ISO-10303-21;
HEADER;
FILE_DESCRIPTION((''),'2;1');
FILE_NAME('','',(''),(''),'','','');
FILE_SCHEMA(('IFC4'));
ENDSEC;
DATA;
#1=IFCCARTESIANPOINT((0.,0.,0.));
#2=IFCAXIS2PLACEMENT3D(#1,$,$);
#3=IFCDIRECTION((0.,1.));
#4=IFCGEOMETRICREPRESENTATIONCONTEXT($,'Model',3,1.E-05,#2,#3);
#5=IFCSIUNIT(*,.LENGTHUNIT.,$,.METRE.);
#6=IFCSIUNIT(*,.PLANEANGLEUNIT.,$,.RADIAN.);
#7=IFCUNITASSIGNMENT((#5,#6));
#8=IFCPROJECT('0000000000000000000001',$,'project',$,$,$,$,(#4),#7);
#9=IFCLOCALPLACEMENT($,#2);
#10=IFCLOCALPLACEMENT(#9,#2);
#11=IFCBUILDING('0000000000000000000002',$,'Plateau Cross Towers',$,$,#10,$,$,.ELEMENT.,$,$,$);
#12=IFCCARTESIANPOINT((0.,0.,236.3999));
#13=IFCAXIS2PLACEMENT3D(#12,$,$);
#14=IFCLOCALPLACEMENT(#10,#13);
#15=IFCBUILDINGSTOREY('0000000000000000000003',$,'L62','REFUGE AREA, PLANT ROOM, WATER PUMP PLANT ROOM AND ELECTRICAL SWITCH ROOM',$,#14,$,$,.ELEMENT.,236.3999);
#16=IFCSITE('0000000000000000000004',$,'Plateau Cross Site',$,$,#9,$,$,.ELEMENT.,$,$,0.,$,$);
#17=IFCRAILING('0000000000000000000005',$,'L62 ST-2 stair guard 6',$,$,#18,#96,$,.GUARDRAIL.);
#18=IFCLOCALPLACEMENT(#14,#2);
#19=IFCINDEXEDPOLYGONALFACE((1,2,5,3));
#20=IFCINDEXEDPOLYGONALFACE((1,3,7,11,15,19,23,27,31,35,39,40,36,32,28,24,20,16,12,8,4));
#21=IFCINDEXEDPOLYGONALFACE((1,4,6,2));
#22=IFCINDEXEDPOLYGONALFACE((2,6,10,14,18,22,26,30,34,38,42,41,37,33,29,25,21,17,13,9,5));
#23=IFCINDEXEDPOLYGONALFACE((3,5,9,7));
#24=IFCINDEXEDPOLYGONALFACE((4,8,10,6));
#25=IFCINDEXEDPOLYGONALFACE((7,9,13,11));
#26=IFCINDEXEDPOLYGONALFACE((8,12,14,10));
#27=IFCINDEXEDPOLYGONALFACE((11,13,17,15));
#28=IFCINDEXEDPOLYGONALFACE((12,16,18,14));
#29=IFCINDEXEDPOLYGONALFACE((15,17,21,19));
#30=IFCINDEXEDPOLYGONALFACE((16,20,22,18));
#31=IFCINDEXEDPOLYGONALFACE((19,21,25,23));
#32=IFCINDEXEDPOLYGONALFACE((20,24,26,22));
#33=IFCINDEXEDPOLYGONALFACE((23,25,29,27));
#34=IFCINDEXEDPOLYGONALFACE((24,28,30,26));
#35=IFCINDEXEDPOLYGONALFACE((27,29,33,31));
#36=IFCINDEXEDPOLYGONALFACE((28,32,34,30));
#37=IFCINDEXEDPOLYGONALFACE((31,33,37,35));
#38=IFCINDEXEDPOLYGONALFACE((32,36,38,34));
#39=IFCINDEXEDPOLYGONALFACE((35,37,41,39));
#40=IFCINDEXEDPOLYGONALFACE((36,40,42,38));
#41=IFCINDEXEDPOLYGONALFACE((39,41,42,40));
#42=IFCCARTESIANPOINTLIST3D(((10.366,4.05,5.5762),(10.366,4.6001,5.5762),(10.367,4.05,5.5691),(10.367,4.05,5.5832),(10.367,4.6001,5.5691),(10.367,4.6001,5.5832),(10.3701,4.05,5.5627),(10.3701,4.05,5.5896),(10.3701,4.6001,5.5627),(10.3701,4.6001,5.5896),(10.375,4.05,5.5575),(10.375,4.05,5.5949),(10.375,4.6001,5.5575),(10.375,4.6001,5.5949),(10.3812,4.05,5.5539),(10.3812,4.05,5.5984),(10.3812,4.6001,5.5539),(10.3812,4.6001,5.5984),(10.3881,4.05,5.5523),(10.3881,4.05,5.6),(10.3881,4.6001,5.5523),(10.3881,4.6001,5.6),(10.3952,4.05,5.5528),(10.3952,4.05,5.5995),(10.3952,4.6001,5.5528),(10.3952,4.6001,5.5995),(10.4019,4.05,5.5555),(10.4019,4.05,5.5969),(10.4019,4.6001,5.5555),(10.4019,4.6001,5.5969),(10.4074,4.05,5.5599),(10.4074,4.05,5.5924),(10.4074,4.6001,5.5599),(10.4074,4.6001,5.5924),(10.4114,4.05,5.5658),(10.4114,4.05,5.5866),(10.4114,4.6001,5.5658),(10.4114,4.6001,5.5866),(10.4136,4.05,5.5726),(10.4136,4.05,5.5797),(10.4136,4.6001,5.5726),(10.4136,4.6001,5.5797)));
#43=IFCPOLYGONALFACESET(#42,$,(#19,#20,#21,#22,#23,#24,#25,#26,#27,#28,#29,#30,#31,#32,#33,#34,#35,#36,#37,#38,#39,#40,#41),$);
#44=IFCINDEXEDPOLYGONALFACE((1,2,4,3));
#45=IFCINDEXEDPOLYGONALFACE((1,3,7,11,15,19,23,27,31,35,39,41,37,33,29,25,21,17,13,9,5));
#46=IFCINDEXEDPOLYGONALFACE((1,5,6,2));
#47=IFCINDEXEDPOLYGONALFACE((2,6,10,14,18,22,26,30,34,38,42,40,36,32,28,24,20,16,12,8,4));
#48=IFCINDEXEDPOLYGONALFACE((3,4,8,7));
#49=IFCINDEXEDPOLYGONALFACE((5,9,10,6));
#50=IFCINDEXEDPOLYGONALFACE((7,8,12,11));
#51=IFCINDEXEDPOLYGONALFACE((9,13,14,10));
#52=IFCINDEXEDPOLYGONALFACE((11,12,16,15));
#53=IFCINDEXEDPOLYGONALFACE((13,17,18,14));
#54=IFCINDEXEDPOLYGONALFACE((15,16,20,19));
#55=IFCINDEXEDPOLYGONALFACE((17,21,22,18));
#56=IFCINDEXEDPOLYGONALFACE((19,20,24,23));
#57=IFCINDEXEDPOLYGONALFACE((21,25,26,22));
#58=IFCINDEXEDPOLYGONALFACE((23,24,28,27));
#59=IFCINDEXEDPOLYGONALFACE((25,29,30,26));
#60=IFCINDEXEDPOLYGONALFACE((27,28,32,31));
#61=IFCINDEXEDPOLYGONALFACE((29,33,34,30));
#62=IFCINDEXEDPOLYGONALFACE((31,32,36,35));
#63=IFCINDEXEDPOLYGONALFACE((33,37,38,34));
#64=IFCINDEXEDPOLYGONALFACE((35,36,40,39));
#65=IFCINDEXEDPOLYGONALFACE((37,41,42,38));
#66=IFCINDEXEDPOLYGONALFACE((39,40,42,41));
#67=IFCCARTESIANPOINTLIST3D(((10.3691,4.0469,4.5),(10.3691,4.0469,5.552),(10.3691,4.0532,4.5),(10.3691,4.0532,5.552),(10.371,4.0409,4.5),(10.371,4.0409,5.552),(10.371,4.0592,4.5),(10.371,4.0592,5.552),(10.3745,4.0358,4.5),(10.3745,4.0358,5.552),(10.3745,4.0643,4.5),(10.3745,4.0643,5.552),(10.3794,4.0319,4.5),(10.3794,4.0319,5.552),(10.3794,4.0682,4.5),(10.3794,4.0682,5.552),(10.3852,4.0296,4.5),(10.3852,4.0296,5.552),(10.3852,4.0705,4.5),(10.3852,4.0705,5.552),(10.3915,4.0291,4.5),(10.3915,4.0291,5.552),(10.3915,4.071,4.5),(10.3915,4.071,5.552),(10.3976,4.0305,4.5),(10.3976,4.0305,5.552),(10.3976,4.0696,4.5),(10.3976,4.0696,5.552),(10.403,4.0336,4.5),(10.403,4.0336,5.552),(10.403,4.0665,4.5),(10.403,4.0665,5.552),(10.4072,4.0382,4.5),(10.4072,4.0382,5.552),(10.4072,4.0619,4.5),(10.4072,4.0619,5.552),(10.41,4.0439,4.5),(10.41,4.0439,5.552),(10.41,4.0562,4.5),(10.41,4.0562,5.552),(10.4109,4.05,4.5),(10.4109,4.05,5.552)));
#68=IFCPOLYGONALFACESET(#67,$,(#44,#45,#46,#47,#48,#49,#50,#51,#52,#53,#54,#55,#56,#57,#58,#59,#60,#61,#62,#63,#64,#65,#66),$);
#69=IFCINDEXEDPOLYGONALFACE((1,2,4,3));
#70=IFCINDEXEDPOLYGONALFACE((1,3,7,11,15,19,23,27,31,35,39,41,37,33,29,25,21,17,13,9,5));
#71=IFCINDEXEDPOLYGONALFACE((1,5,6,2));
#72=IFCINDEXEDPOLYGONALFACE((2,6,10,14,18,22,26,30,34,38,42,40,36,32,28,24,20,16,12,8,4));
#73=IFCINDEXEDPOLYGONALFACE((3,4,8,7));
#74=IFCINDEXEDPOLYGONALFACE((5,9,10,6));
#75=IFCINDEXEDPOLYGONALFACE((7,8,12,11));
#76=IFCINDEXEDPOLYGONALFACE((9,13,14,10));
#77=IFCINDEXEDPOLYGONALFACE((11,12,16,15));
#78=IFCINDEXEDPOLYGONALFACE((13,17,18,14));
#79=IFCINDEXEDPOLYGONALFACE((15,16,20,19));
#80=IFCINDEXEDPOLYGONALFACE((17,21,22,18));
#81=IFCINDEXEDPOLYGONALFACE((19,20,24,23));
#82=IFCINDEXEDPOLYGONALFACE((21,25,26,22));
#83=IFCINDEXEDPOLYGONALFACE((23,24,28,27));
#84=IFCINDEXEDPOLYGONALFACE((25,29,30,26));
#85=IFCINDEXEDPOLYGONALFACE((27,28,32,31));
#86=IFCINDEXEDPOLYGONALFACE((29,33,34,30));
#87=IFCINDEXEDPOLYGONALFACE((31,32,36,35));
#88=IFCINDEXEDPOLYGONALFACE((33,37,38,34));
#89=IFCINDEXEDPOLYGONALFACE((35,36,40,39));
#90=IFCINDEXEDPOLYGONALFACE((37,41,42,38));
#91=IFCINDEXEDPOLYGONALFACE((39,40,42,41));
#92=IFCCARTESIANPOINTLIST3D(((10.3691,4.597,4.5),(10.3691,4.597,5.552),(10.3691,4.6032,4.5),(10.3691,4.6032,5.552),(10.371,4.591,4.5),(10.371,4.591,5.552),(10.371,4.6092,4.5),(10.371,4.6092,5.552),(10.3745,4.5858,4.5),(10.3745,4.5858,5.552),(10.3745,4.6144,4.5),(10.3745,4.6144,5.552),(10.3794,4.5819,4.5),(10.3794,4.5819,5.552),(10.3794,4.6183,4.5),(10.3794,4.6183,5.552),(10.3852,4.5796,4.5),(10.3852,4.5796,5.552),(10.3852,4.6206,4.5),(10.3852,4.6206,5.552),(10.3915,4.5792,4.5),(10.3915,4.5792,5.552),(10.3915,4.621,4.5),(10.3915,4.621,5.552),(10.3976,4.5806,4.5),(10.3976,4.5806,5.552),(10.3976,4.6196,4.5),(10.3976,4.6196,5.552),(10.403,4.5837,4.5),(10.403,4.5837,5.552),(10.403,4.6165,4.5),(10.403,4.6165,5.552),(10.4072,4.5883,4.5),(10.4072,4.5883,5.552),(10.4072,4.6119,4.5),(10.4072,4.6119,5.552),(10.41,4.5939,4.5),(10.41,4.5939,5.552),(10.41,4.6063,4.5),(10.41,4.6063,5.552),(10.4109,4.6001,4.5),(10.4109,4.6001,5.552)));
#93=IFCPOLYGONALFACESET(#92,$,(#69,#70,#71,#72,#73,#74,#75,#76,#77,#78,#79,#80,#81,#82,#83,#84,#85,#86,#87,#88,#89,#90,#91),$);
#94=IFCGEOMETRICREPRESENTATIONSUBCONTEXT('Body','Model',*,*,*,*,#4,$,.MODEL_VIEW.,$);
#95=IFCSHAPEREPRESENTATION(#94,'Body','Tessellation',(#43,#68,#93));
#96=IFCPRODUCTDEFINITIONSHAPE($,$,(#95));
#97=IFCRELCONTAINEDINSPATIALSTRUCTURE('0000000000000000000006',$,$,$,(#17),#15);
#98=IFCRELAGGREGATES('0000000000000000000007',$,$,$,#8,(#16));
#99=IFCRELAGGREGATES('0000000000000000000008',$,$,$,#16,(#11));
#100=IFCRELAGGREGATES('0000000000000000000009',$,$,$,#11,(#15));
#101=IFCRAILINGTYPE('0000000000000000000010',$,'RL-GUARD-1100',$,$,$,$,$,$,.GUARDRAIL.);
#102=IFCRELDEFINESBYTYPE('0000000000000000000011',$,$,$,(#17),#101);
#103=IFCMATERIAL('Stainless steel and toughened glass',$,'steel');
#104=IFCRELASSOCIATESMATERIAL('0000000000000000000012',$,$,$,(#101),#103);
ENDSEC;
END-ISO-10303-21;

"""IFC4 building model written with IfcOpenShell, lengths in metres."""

from ifc_helpers import new_model, si_unit, direction, frame, origin, origin_2d, place, context, subcontext, project, spatial, circle, extrude, material, type_object, element, save


model = new_model("IFC4")

# Units and contexts
model_context = context("Model", 3, precision=1e-05, world=origin(), true_north=direction((0.0, 1.0)))
body_context = subcontext(model_context, "Body", "Model", "MODEL_VIEW")
ifc_project = project(units=[si_unit("LENGTHUNIT", "METRE"), si_unit("PLANEANGLEUNIT", "RADIAN")], contexts=[model_context])

# Site, building, storey
site_placement = place(None, origin())
site = spatial("IfcSite", under=ifc_project, at=site_placement, Name="Plateau Cross Site", CompositionType="ELEMENT", RefElevation=0.0)
building_placement = place(site_placement, origin())
building = spatial("IfcBuilding", under=site, at=building_placement, Name="Plateau Cross Towers", CompositionType="ELEMENT")
storey_placement = place(building_placement, frame((0.0, 0.0, 236.3999)))
storey = spatial("IfcBuildingStorey", under=building, at=storey_placement, Name="L62", Description="REFUGE AREA, PLANT ROOM, WATER PUMP PLANT ROOM AND ELECTRICAL SWITCH ROOM", CompositionType="ELEMENT", Elevation=236.3999)

# Railing
ifc_material_1 = material(Name="Stainless steel and toughened glass", Category="steel")
railing_type_1 = type_object("IfcRailingType", Name="RL-GUARD-1100", PredefinedType="GUARDRAIL", material=ifc_material_1)
railing_1_placement = place(storey_placement, frame((10.3899, 4.05, 4.5)))
element("IfcRailing", 1, at=railing_1_placement, inside=storey, type_object=railing_type_1, Name="L62 ST-2 stair guard 6", PredefinedType="GUARDRAIL", context=body_context, shape_type="SweptSolid", body=[
    extrude(circle(Radius=0.0239, at=origin_2d()), frame((0.0, 0.0, 1.0762), z_axis=(0.0, 1.0, 0.0), x_axis=(-1.0, 0.0, 0.0)), (0.0, 0.0, 1.0), 0.55),
    extrude(circle(Radius=0.021, at=origin_2d()), origin(), (0.0, 0.0, 1.0), 1.052),
    extrude(circle(Radius=0.021, at=origin_2d()), frame((0.0, 0.55, 0.0)), (0.0, 0.0, 1.0), 1.052),
])

save(model, "model.ifc")
